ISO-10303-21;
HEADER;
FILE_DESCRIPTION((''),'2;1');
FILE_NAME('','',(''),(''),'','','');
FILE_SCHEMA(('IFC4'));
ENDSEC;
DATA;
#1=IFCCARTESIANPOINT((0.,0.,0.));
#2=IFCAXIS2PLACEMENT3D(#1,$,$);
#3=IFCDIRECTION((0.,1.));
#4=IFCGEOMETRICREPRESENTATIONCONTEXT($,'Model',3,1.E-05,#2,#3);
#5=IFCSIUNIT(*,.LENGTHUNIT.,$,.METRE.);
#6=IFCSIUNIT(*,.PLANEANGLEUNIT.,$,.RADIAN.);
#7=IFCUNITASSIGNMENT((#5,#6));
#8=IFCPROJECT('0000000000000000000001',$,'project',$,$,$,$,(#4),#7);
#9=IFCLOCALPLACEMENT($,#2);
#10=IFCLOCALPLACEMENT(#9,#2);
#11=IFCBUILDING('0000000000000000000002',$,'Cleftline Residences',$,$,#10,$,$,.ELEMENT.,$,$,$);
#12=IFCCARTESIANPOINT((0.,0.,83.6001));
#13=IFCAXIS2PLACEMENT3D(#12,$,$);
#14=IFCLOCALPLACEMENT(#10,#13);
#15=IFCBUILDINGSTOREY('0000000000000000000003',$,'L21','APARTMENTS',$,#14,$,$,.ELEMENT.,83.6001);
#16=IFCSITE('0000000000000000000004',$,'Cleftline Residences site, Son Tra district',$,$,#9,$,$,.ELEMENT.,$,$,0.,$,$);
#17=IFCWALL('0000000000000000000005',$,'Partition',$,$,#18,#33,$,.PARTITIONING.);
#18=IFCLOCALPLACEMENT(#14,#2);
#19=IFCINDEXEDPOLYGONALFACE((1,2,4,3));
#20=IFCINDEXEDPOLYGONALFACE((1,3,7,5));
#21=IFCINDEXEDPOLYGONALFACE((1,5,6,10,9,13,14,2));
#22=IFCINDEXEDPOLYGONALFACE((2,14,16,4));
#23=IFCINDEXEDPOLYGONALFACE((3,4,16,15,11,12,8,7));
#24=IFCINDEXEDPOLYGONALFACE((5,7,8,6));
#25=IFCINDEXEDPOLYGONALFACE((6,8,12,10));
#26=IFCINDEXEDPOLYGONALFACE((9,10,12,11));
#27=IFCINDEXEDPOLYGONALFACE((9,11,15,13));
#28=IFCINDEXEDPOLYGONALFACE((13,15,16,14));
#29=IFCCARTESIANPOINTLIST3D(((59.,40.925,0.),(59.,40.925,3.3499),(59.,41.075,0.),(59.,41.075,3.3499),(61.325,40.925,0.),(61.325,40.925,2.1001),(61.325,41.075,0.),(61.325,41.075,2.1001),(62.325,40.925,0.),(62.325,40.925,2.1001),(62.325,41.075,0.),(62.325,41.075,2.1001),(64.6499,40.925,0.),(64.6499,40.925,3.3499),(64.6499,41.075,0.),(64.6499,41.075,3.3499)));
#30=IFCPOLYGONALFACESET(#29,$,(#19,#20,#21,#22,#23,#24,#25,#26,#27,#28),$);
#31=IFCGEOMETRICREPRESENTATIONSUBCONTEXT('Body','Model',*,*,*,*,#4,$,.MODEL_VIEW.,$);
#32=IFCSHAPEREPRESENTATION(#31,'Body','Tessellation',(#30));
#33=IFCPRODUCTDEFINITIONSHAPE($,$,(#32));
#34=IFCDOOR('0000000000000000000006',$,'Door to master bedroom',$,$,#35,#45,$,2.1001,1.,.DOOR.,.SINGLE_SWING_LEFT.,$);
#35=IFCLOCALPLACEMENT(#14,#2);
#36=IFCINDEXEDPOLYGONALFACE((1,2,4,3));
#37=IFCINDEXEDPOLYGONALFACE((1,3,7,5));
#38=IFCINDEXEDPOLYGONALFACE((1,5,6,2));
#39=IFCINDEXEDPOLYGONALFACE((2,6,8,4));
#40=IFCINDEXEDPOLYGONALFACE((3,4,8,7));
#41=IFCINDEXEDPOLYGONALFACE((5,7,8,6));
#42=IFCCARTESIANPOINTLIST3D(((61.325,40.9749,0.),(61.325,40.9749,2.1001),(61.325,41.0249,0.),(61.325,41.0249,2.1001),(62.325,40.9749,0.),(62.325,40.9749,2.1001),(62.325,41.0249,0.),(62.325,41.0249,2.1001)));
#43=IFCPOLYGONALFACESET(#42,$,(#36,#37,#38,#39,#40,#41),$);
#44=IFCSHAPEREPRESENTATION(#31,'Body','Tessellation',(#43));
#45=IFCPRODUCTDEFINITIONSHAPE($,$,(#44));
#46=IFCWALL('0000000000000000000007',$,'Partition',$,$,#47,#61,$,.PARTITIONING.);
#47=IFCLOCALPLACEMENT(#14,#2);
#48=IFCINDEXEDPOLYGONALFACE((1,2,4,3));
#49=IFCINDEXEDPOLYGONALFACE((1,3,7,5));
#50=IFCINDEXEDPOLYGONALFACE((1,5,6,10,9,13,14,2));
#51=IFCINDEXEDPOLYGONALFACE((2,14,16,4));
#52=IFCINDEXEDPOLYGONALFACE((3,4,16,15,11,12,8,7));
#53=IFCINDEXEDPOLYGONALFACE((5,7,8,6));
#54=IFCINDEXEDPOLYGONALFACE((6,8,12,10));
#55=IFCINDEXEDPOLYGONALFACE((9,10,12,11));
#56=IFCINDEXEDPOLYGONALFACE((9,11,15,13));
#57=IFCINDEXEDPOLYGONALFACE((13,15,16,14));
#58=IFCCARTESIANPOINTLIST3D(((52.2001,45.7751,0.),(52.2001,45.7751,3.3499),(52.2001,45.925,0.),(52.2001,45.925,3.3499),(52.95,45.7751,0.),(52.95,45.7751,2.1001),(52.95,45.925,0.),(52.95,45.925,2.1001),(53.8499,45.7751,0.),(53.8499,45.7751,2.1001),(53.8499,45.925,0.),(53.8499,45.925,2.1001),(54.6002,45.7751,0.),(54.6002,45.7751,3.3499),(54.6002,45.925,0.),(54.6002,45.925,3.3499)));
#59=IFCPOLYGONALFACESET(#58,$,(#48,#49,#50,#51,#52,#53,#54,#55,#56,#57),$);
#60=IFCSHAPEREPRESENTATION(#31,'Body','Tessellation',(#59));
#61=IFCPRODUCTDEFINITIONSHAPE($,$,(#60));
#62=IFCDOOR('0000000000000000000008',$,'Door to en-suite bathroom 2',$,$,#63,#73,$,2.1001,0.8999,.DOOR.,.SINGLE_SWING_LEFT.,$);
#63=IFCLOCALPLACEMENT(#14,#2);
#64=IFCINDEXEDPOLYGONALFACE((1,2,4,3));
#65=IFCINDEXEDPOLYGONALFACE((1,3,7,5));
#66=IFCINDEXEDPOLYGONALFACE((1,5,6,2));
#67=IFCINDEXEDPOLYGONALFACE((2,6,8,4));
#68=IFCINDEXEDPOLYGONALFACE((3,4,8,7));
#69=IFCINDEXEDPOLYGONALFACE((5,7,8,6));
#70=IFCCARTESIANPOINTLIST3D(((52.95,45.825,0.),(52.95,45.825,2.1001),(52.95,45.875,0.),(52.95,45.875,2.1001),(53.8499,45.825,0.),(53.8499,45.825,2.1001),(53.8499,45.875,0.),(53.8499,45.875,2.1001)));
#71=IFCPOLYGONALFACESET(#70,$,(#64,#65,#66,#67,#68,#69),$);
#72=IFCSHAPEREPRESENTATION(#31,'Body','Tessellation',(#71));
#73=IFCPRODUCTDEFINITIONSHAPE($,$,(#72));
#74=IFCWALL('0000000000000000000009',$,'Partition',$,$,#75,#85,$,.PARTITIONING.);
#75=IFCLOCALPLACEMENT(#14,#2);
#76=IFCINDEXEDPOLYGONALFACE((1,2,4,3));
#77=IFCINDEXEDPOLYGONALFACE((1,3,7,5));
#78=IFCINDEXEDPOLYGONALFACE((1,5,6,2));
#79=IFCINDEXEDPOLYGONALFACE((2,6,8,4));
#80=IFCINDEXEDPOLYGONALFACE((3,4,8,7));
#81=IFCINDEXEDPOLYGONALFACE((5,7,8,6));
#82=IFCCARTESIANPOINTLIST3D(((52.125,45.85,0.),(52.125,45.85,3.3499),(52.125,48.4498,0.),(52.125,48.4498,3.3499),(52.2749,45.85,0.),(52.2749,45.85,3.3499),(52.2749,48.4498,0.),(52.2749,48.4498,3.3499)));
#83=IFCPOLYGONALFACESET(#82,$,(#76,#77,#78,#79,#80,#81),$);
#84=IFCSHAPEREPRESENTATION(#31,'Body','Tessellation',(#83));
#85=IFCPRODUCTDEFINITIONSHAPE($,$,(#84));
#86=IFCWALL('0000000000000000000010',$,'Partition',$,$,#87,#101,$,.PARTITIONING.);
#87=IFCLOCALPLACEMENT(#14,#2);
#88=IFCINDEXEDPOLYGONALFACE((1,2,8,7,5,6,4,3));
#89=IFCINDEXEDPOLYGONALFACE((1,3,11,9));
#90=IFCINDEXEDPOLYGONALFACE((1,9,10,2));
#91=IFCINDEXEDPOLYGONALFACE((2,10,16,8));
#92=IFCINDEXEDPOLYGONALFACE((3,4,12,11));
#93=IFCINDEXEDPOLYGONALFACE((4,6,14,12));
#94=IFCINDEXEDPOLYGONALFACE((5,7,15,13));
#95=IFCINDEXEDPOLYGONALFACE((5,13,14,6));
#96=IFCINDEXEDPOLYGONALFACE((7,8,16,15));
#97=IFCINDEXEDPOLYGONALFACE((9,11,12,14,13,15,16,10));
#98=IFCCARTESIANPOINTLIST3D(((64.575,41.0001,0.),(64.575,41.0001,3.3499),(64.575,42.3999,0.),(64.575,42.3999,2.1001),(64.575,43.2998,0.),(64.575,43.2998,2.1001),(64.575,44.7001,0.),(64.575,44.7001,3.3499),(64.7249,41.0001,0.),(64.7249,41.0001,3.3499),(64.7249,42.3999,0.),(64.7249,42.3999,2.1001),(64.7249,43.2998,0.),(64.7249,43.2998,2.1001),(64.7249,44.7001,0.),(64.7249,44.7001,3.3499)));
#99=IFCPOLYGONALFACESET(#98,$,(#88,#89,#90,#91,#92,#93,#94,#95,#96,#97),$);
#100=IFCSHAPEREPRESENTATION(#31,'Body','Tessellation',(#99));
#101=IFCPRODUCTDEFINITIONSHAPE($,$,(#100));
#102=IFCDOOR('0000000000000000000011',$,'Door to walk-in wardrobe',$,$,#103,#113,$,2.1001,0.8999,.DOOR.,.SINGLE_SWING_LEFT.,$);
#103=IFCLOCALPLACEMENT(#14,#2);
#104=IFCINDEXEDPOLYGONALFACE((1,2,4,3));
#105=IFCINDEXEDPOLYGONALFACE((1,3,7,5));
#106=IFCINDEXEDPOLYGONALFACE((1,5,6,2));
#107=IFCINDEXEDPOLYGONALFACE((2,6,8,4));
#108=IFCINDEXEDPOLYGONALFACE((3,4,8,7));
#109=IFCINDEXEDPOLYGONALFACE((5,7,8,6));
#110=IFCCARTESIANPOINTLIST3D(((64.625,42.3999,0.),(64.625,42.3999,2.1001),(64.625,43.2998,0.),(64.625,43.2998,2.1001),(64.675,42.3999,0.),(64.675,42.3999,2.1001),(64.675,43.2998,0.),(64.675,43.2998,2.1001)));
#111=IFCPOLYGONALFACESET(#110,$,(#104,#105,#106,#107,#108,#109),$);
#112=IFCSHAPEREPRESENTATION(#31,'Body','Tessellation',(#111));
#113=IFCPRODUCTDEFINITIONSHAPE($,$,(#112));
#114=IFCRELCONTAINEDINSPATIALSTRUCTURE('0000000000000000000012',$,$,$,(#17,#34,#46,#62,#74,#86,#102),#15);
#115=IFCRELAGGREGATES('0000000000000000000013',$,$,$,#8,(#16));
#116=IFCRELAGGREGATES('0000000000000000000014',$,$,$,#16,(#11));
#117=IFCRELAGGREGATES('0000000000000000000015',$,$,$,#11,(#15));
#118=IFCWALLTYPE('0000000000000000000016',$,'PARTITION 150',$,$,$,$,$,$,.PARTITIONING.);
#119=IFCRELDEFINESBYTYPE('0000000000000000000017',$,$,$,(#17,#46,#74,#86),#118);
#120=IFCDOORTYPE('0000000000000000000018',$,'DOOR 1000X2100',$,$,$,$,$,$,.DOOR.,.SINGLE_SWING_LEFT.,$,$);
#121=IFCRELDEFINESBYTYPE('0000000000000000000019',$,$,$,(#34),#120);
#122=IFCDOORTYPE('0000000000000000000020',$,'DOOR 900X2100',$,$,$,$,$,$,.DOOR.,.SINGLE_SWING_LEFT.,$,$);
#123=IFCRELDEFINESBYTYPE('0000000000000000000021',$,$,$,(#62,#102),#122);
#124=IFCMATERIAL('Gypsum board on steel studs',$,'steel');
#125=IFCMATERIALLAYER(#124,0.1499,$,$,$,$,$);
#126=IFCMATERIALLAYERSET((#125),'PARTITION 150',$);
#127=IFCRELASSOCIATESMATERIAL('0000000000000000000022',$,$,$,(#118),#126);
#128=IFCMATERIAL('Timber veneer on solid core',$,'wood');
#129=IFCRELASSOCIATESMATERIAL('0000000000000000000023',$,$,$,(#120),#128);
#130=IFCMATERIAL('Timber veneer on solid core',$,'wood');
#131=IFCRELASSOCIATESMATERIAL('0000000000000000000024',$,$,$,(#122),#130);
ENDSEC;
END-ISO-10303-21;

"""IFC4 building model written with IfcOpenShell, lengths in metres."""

from ifc_helpers import new_model, si_unit, direction, frame, frame_2d, origin, place, context, subcontext, project, spatial, rectangle, extrude, material, layer, layer_set, type_object, element, fill, save


model = new_model("IFC4")

# Units and contexts
model_context = context("Model", 3, precision=1e-05, world=origin(), true_north=direction((0.0, 1.0)))
body_context = subcontext(model_context, "Body", "Model", "MODEL_VIEW")
ifc_project = project(units=[si_unit("LENGTHUNIT", "METRE"), si_unit("PLANEANGLEUNIT", "RADIAN")], contexts=[model_context])

# Site, building, storey
site_placement = place(None, origin())
site = spatial("IfcSite", under=ifc_project, at=site_placement, Name="Cleftline Residences site, Son Tra district", CompositionType="ELEMENT", RefElevation=0.0)
building_placement = place(site_placement, origin())
building = spatial("IfcBuilding", under=site, at=building_placement, Name="Cleftline Residences", CompositionType="ELEMENT")
storey_placement = place(building_placement, frame((0.0, 0.0, 83.6001)))
storey = spatial("IfcBuildingStorey", under=building, at=storey_placement, Name="L21", Description="APARTMENTS", CompositionType="ELEMENT", Elevation=83.6001)

# Walls, openings, doors
ifc_material_1 = material(Name="Gypsum board on steel studs", Category="steel")
ifc_layer_1 = layer(ifc_material_1, 0.1499)
ifc_layer_set_1 = layer_set([ifc_layer_1], Name="PARTITION 150")
wall_type_1 = type_object("IfcWallType", Name="PARTITION 150", PredefinedType="PARTITIONING", material=ifc_layer_set_1)
wall_1_placement = place(storey_placement, frame((59.0, 41.0, 0.0), z_axis=(0.0, 0.0, 1.0), x_axis=(1.0, 0.0, 0.0)))
wall_1 = element("IfcWall", 1, at=wall_1_placement, inside=storey, type_object=wall_type_1, Name="Partition", PredefinedType="PARTITIONING", context=body_context, shape_type="SweptSolid", body=[
    extrude(rectangle(XDim=5.6499, YDim=0.1499, at=frame_2d((2.825, 0.0))), origin(), (0.0, 0.0, 1.0), 3.3499),
])
opening_1_placement = place(wall_1_placement, frame((2.325, 0.0, 0.0)))
opening_1 = element("IfcOpeningElement", 2, at=opening_1_placement, cuts=wall_1, PredefinedType="OPENING", context=body_context, shape_type="SweptSolid", body=[
    extrude(rectangle(XDim=1.0, YDim=2.1001, at=frame_2d((0.5, 1.05))), frame((0.0, 0.085, 0.0), z_axis=(0.0, -1.0, 0.0), x_axis=(1.0, 0.0, 0.0)), (0.0, 0.0, 1.0), 0.1699),
])
ifc_material_2 = material(Name="Timber veneer on solid core", Category="wood")
door_type_1 = type_object("IfcDoorType", Name="DOOR 1000X2100", OperationType="SINGLE_SWING_LEFT", PredefinedType="DOOR", material=ifc_material_2)
door_1_placement = place(opening_1_placement, origin())
door_1 = element("IfcDoor", 3, at=door_1_placement, inside=storey, type_object=door_type_1, Name="Door to master bedroom", OperationType="SINGLE_SWING_LEFT", OverallHeight=2.1001, OverallWidth=1.0, PredefinedType="DOOR", context=body_context, shape_type="SweptSolid", body=[
    extrude(rectangle(XDim=1.0, YDim=2.1001, at=frame_2d((0.5, 1.05))), frame((0.0, 0.0249, 0.0), z_axis=(0.0, -1.0, 0.0), x_axis=(1.0, 0.0, 0.0)), (0.0, 0.0, 1.0), 0.05),
])
fill(opening_1, door_1)
wall_2_placement = place(storey_placement, frame((52.2, 45.8501, 0.0), z_axis=(0.0, 0.0, 1.0), x_axis=(1.0, 0.0, 0.0)))
wall_2 = element("IfcWall", 4, at=wall_2_placement, inside=storey, type_object=wall_type_1, Name="Partition", PredefinedType="PARTITIONING", context=body_context, shape_type="SweptSolid", body=[
    extrude(rectangle(XDim=2.4001, YDim=0.1499, at=frame_2d((1.2002, 0.0))), origin(), (0.0, 0.0, 1.0), 3.3499),
])
opening_2_placement = place(wall_2_placement, frame((0.75, 0.0, 0.0)))
opening_2 = element("IfcOpeningElement", 5, at=opening_2_placement, cuts=wall_2, PredefinedType="OPENING", context=body_context, shape_type="SweptSolid", body=[
    extrude(rectangle(XDim=0.8999, YDim=2.1001, at=frame_2d((0.45, 1.05))), frame((0.0, 0.085, 0.0), z_axis=(0.0, -1.0, 0.0), x_axis=(1.0, 0.0, 0.0)), (0.0, 0.0, 1.0), 0.1699),
])
ifc_material_3 = material(Name="Timber veneer on solid core", Category="wood")
door_type_2 = type_object("IfcDoorType", Name="DOOR 900X2100", OperationType="SINGLE_SWING_LEFT", PredefinedType="DOOR", material=ifc_material_3)
door_2_placement = place(opening_2_placement, origin())
door_2 = element("IfcDoor", 6, at=door_2_placement, inside=storey, type_object=door_type_2, Name="Door to en-suite bathroom 2", OperationType="SINGLE_SWING_LEFT", OverallHeight=2.1001, OverallWidth=0.8999, PredefinedType="DOOR", context=body_context, shape_type="SweptSolid", body=[
    extrude(rectangle(XDim=0.8999, YDim=2.1001, at=frame_2d((0.45, 1.05))), frame((0.0, 0.0249, 0.0), z_axis=(0.0, -1.0, 0.0), x_axis=(1.0, 0.0, 0.0)), (0.0, 0.0, 1.0), 0.05),
])
fill(opening_2, door_2)

# Wall
wall_3_placement = place(storey_placement, frame((52.2, 45.8501, 0.0), z_axis=(0.0, 0.0, 1.0), x_axis=(0.0, 1.0, 0.0)))
element("IfcWall", 7, at=wall_3_placement, inside=storey, type_object=wall_type_1, Name="Partition", PredefinedType="PARTITIONING", context=body_context, shape_type="SweptSolid", body=[
    extrude(rectangle(XDim=2.5999, YDim=0.1499, at=frame_2d((1.2998, 0.0))), origin(), (0.0, 0.0, 1.0), 3.3499),
])

# Wall, opening, door
wall_4_placement = place(storey_placement, frame((64.6499, 41.0, 0.0), z_axis=(0.0, 0.0, 1.0), x_axis=(0.0, 1.0, 0.0)))
wall_4 = element("IfcWall", 8, at=wall_4_placement, inside=storey, type_object=wall_type_1, Name="Partition", PredefinedType="PARTITIONING", context=body_context, shape_type="SweptSolid", body=[
    extrude(rectangle(XDim=3.7, YDim=0.1499, at=frame_2d((1.8501, 0.0))), origin(), (0.0, 0.0, 1.0), 3.3499),
])
opening_3_placement = place(wall_4_placement, frame((1.3999, 0.0, 0.0)))
opening_3 = element("IfcOpeningElement", 9, at=opening_3_placement, cuts=wall_4, PredefinedType="OPENING", context=body_context, shape_type="SweptSolid", body=[
    extrude(rectangle(XDim=0.8999, YDim=2.1001, at=frame_2d((0.45, 1.05))), frame((0.0, 0.085, 0.0), z_axis=(0.0, -1.0, 0.0), x_axis=(1.0, 0.0, 0.0)), (0.0, 0.0, 1.0), 0.1699),
])
door_3_placement = place(opening_3_placement, origin())
door_3 = element("IfcDoor", 10, at=door_3_placement, inside=storey, type_object=door_type_2, Name="Door to walk-in wardrobe", OperationType="SINGLE_SWING_LEFT", OverallHeight=2.1001, OverallWidth=0.8999, PredefinedType="DOOR", context=body_context, shape_type="SweptSolid", body=[
    extrude(rectangle(XDim=0.8999, YDim=2.1001, at=frame_2d((0.45, 1.05))), frame((0.0, 0.0249, 0.0), z_axis=(0.0, -1.0, 0.0), x_axis=(1.0, 0.0, 0.0)), (0.0, 0.0, 1.0), 0.05),
])
fill(opening_3, door_3)

save(model, "model.ifc")
